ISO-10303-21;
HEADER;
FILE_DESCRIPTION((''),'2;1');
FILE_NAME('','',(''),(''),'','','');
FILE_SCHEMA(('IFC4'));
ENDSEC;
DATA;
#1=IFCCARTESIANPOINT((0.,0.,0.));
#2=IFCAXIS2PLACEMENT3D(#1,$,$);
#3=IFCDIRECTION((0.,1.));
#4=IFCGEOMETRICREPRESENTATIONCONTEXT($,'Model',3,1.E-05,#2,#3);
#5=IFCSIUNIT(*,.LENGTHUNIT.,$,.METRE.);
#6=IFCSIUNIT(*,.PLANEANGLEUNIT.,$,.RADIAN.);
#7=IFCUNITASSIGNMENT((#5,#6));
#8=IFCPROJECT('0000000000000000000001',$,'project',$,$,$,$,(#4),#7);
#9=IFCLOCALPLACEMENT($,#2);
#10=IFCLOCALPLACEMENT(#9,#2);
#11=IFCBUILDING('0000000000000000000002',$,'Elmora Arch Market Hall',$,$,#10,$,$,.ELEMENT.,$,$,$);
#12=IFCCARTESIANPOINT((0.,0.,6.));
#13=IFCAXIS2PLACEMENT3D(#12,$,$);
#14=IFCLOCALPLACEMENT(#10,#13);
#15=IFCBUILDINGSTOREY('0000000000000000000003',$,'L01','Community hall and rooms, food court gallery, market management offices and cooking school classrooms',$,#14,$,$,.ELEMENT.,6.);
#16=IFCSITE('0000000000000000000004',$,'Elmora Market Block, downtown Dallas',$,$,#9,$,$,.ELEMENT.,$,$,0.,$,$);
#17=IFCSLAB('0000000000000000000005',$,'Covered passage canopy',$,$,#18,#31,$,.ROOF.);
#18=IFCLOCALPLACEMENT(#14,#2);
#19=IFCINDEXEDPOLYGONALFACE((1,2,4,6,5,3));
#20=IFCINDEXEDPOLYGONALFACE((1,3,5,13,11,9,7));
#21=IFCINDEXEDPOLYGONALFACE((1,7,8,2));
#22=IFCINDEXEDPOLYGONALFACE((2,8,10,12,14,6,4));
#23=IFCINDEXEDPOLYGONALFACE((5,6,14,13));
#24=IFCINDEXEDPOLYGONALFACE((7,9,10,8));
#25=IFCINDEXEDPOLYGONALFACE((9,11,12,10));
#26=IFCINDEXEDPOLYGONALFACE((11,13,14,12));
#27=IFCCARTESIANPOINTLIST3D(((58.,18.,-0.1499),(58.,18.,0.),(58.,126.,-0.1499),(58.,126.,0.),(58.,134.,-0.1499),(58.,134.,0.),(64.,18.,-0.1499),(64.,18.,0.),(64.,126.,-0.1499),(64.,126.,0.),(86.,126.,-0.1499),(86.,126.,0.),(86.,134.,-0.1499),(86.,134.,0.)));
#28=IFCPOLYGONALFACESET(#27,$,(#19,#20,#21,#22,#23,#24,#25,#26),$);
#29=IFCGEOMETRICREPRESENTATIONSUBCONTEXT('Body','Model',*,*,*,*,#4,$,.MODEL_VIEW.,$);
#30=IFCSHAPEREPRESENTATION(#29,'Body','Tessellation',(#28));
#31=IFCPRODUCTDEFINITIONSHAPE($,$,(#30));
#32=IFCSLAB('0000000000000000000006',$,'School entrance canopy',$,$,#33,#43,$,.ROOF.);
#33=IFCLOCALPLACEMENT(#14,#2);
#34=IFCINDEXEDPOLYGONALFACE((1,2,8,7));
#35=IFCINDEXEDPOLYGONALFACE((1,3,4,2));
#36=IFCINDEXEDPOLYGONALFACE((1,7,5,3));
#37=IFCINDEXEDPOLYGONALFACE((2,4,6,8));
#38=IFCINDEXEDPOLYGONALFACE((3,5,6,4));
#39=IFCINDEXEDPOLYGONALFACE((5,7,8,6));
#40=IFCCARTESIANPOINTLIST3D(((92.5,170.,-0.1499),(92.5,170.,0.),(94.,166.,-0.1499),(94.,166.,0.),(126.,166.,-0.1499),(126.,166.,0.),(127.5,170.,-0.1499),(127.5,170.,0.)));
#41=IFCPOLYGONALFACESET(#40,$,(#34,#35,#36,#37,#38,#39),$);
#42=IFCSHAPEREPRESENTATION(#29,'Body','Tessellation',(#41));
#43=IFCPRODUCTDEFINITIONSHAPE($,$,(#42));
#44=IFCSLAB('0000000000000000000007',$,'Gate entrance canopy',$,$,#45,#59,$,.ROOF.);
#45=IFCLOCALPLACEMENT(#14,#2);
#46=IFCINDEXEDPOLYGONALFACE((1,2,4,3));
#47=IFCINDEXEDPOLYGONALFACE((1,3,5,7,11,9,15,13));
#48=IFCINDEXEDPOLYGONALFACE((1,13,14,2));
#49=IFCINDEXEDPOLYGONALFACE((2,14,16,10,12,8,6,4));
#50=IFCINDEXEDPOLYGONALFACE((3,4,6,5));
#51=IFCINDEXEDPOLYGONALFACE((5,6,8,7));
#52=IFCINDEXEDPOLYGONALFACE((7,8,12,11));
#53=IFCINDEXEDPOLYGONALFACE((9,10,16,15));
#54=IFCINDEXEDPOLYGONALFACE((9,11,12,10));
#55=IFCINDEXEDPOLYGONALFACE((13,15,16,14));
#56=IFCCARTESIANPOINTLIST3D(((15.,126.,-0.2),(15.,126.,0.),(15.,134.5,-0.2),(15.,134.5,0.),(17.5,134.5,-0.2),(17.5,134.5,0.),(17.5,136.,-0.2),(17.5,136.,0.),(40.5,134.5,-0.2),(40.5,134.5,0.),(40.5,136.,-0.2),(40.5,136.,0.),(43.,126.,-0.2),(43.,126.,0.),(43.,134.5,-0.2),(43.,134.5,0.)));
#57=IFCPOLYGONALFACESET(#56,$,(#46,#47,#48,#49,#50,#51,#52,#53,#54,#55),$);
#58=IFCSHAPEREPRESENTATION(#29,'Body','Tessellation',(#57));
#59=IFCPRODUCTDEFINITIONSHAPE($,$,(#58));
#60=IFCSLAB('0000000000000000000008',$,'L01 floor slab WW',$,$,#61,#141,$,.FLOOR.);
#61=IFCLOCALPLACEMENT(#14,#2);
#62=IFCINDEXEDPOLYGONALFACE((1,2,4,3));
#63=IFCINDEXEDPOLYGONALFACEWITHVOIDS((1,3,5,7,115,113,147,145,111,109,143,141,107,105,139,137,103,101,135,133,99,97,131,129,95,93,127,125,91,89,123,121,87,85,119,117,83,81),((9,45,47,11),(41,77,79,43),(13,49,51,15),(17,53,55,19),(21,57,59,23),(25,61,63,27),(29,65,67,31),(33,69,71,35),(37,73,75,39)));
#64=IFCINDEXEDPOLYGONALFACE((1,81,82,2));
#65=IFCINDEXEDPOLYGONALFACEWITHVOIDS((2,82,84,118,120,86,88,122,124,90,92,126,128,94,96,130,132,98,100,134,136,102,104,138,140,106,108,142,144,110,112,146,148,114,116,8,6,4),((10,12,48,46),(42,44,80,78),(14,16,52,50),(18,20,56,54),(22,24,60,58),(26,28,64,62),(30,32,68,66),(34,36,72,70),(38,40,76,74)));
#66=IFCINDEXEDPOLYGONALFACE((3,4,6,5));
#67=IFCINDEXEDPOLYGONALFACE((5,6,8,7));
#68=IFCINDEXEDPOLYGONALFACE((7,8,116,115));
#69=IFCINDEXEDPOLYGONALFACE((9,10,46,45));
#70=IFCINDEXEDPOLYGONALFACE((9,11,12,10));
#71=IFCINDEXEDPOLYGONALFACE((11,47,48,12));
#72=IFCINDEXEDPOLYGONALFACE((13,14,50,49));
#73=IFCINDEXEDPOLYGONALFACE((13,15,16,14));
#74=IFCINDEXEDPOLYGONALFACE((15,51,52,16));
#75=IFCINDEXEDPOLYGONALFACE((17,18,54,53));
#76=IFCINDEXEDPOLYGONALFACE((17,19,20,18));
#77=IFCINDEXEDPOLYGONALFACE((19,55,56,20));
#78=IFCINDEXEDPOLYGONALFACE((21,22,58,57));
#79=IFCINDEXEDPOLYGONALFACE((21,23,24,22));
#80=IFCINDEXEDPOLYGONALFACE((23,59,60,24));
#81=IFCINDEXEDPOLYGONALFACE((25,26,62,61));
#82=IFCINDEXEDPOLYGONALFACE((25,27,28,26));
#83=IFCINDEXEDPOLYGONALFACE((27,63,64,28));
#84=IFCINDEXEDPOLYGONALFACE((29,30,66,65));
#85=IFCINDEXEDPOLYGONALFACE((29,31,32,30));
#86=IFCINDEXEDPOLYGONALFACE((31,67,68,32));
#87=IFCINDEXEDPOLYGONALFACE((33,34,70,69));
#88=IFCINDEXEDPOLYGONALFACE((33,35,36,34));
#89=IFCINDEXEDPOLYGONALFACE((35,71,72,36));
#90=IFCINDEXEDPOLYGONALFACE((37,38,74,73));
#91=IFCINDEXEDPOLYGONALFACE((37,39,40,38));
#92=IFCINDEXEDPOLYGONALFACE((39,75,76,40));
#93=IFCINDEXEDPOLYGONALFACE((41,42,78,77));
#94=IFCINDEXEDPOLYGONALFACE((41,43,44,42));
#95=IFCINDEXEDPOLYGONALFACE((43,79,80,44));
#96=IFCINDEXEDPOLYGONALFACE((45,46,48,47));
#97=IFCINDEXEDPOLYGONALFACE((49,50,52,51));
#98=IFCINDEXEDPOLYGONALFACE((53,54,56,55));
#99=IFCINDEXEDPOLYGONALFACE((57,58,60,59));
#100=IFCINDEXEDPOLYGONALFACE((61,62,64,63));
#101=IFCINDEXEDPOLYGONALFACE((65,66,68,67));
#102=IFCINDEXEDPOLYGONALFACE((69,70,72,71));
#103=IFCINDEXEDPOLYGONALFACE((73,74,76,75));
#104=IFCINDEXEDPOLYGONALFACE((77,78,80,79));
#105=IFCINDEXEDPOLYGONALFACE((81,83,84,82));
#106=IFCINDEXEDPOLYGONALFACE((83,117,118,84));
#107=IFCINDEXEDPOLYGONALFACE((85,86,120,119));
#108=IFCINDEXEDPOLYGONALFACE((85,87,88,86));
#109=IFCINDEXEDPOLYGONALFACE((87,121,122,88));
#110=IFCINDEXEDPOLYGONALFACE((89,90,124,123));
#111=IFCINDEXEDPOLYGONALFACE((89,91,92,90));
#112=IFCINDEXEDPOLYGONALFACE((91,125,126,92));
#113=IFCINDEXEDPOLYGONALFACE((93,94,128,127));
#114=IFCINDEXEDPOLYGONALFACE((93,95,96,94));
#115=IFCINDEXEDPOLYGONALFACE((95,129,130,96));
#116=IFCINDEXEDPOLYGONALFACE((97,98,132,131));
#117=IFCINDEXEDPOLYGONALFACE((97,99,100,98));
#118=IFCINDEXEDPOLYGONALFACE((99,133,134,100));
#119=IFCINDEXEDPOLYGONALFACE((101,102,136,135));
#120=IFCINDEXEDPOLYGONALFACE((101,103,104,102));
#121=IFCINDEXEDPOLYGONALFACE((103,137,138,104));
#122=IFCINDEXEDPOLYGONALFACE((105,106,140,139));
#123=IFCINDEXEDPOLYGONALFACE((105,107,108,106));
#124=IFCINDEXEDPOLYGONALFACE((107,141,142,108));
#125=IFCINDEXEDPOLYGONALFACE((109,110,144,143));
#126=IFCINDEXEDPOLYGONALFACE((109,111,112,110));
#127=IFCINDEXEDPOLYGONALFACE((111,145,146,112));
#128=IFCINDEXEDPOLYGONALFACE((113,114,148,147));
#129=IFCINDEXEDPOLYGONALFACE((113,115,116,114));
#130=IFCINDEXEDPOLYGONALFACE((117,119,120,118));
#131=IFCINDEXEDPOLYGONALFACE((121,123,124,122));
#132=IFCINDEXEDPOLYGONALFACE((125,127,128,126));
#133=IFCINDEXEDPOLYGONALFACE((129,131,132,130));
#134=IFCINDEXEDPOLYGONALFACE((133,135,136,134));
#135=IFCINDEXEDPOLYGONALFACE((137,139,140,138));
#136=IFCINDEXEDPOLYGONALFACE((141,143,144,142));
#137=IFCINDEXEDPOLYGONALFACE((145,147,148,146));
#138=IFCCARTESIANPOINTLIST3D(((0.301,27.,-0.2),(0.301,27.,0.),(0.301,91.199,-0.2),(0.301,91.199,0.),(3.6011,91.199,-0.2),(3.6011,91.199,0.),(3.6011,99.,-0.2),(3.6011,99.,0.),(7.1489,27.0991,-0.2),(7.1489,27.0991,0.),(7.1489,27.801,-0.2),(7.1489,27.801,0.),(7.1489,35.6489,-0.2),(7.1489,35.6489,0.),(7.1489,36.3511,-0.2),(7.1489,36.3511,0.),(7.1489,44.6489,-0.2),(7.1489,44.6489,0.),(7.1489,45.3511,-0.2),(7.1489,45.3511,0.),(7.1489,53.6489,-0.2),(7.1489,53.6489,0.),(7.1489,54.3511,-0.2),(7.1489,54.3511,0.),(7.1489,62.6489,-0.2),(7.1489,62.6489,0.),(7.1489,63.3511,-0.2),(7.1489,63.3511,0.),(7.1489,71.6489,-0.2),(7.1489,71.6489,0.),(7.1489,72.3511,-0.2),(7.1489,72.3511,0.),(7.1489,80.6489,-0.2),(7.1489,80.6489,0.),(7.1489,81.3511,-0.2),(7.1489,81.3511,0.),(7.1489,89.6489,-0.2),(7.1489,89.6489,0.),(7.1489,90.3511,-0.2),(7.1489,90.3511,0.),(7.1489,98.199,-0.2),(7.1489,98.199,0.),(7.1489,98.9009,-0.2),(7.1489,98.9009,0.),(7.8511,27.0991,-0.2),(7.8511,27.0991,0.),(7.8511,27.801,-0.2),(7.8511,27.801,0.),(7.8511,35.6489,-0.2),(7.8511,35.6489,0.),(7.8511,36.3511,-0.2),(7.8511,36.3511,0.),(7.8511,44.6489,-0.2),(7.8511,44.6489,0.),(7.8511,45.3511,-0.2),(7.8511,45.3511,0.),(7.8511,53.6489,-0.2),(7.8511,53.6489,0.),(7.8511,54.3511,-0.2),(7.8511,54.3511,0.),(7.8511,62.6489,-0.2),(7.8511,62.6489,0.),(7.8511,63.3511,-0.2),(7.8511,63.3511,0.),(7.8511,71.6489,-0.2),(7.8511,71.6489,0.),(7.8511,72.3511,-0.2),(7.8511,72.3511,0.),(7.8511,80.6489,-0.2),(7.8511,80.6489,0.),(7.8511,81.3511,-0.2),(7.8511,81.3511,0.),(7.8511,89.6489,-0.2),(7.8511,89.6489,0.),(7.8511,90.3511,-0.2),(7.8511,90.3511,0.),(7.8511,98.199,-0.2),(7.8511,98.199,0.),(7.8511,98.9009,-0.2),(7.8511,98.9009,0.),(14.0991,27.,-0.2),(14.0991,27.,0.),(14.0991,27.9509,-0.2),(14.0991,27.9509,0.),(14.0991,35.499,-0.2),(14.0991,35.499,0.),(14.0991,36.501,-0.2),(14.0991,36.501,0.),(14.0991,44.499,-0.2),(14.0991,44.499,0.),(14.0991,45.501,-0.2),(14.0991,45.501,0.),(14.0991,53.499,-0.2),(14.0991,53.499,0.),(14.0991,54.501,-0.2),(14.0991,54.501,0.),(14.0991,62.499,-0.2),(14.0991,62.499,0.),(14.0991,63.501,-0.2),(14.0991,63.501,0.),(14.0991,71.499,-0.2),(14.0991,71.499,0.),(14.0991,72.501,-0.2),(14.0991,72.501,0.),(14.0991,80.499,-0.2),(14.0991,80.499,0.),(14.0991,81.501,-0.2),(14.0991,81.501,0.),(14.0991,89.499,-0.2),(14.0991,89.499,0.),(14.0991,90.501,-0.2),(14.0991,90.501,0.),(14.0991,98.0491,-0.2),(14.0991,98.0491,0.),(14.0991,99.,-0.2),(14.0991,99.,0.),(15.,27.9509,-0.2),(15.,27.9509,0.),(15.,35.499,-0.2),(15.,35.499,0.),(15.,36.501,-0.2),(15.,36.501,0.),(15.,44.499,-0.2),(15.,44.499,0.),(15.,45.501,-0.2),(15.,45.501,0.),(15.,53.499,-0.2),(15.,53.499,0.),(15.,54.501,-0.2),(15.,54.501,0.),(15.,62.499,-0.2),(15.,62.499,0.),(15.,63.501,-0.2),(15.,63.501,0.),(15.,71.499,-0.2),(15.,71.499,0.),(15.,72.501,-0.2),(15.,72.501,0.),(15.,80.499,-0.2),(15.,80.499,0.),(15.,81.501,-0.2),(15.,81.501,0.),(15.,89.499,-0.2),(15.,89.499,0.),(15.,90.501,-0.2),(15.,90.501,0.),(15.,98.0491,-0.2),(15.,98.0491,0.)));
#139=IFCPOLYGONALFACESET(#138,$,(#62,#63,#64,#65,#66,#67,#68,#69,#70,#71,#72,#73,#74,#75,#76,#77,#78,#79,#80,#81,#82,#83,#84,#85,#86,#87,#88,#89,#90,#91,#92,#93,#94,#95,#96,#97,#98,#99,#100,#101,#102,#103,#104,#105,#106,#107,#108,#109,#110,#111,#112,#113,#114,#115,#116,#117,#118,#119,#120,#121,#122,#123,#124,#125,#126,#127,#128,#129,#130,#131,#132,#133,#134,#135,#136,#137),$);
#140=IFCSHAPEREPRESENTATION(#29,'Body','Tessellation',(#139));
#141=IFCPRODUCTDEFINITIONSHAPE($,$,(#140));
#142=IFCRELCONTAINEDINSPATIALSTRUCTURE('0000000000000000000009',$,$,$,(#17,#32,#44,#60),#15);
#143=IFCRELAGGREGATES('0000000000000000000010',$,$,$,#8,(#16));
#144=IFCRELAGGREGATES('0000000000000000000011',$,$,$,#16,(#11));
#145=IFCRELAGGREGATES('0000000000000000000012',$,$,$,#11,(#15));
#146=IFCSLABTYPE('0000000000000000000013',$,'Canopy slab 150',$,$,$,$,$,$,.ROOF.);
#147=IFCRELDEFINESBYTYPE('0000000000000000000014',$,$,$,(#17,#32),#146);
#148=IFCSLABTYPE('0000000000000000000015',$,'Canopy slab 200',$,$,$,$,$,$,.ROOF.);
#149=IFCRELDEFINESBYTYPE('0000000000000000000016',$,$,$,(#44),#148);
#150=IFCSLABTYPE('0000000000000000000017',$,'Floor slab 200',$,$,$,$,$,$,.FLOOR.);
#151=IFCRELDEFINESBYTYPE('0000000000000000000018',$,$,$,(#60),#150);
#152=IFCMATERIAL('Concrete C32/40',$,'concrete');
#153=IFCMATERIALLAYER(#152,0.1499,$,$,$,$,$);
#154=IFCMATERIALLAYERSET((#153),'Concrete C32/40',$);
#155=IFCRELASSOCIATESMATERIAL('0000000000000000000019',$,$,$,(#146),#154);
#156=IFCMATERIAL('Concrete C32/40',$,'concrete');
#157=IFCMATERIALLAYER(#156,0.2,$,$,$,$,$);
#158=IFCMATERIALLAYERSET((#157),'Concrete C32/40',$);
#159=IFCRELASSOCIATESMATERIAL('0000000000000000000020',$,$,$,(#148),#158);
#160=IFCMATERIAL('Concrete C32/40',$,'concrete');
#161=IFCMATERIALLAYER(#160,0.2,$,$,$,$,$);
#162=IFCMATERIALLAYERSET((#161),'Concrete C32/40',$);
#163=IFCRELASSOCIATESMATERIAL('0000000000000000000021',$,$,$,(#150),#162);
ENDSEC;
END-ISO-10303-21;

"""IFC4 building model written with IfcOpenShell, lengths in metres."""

from ifc_helpers import new_model, si_unit, direction, frame, origin, place, context, subcontext, project, spatial, polyline, outline, extrude, material, layer, layer_set, type_object, element, save


model = new_model("IFC4")

# Units and contexts
model_context = context("Model", 3, precision=1e-05, world=origin(), true_north=direction((0.0, 1.0)))
body_context = subcontext(model_context, "Body", "Model", "MODEL_VIEW")
ifc_project = project(units=[si_unit("LENGTHUNIT", "METRE"), si_unit("PLANEANGLEUNIT", "RADIAN")], contexts=[model_context])

# Site, building, storey
site_placement = place(None, origin())
site = spatial("IfcSite", under=ifc_project, at=site_placement, Name="Elmora Market Block, downtown Dallas", CompositionType="ELEMENT", RefElevation=0.0)
building_placement = place(site_placement, origin())
building = spatial("IfcBuilding", under=site, at=building_placement, Name="Elmora Arch Market Hall", CompositionType="ELEMENT")
storey_placement = place(building_placement, frame((0.0, 0.0, 6.0)))
storey = spatial("IfcBuildingStorey", under=building, at=storey_placement, Name="L01", Description="Community hall and rooms, food court gallery, market management offices and cooking school classrooms", CompositionType="ELEMENT", Elevation=6.0)

# Slabs
ifc_material_1 = material(Name="Concrete C32/40", Category="concrete")
ifc_layer_1 = layer(ifc_material_1, 0.1499)
ifc_layer_set_1 = layer_set([ifc_layer_1], Name="Concrete C32/40")
slab_type_1 = type_object("IfcSlabType", Name="Canopy slab 150", PredefinedType="ROOF", material=ifc_layer_set_1)
slab_1_placement = place(storey_placement, frame((0.0, 0.0, -0.1499)))
element("IfcSlab", 1, at=slab_1_placement, inside=storey, type_object=slab_type_1, Name="Covered passage canopy", PredefinedType="ROOF", context=body_context, shape_type="SweptSolid", body=[
    extrude(outline(polyline([(58.0, 18.0), (58.0, 126.0), (58.0, 134.0), (86.0, 134.0), (86.0, 126.0), (64.0, 126.0), (64.0, 18.0), (58.0, 18.0)])), origin(), (0.0, 0.0, 1.0), 0.1499),
])
slab_2_placement = place(storey_placement, frame((0.0, 0.0, -0.1499)))
element("IfcSlab", 2, at=slab_2_placement, inside=storey, type_object=slab_type_1, Name="School entrance canopy", PredefinedType="ROOF", context=body_context, shape_type="SweptSolid", body=[
    extrude(outline(polyline([(92.5, 170.0), (127.5, 170.0), (126.0, 166.0), (94.0, 166.0), (92.5, 170.0)])), origin(), (0.0, 0.0, 1.0), 0.1499),
])
ifc_material_2 = material(Name="Concrete C32/40", Category="concrete")
ifc_layer_2 = layer(ifc_material_2, 0.2)
ifc_layer_set_2 = layer_set([ifc_layer_2], Name="Concrete C32/40")
slab_type_2 = type_object("IfcSlabType", Name="Canopy slab 200", PredefinedType="ROOF", material=ifc_layer_set_2)
slab_3_placement = place(storey_placement, frame((0.0, 0.0, -0.2)))
element("IfcSlab", 3, at=slab_3_placement, inside=storey, type_object=slab_type_2, Name="Gate entrance canopy", PredefinedType="ROOF", context=body_context, shape_type="SweptSolid", body=[
    extrude(outline(polyline([(15.0, 134.5), (17.5, 134.5), (17.5, 136.0), (40.5, 136.0), (40.5, 134.5), (43.0, 134.5), (43.0, 126.0), (15.0, 126.0), (15.0, 134.5)])), origin(), (0.0, 0.0, 1.0), 0.2),
])
ifc_material_3 = material(Name="Concrete C32/40", Category="concrete")
ifc_layer_3 = layer(ifc_material_3, 0.2)
ifc_layer_set_3 = layer_set([ifc_layer_3], Name="Concrete C32/40")
slab_type_3 = type_object("IfcSlabType", Name="Floor slab 200", PredefinedType="FLOOR", material=ifc_layer_set_3)
slab_4_placement = place(storey_placement, frame((0.0, 0.0, -0.2)))
element("IfcSlab", 4, at=slab_4_placement, inside=storey, type_object=slab_type_3, Name="L01 floor slab WW", PredefinedType="FLOOR", context=body_context, shape_type="SweptSolid", body=[
    extrude(outline(polyline([(15.0, 27.9509), (14.0991, 27.9509), (14.0991, 27.0), (0.301, 27.0), (0.301, 91.199), (3.6011, 91.199), (3.6011, 99.0), (14.0991, 99.0), (14.0991, 98.0491), (15.0, 98.0491), (15.0, 90.501), (14.0991, 90.501), (14.0991, 89.499), (15.0, 89.499), (15.0, 81.501), (14.0991, 81.501), (14.0991, 80.499), (15.0, 80.499), (15.0, 72.501), (14.0991, 72.501), (14.0991, 71.499), (15.0, 71.499), (15.0, 63.501), (14.0991, 63.501), (14.0991, 62.499), (15.0, 62.499), (15.0, 54.501), (14.0991, 54.501), (14.0991, 53.499), (15.0, 53.499), (15.0, 45.501), (14.0991, 45.501), (14.0991, 44.499), (15.0, 44.499), (15.0, 36.501), (14.0991, 36.501), (14.0991, 35.499), (15.0, 35.499), (15.0, 27.9509)]), holes=[polyline([(7.1489, 98.9009), (7.1489, 98.199), (7.8511, 98.199), (7.8511, 98.9009), (7.1489, 98.9009)]), polyline([(7.1489, 90.3511), (7.1489, 89.6489), (7.8511, 89.6489), (7.8511, 90.3511), (7.1489, 90.3511)]), polyline([(7.1489, 81.3511), (7.1489, 80.6489), (7.8511, 80.6489), (7.8511, 81.3511), (7.1489, 81.3511)]), polyline([(7.8511, 72.3511), (7.1489, 72.3511), (7.1489, 71.6489), (7.8511, 71.6489), (7.8511, 72.3511)]), polyline([(7.1489, 63.3511), (7.1489, 62.6489), (7.8511, 62.6489), (7.8511, 63.3511), (7.1489, 63.3511)]), polyline([(7.1489, 54.3511), (7.1489, 53.6489), (7.8511, 53.6489), (7.8511, 54.3511), (7.1489, 54.3511)]), polyline([(7.1489, 45.3511), (7.1489, 44.6489), (7.8511, 44.6489), (7.8511, 45.3511), (7.1489, 45.3511)]), polyline([(7.1489, 36.3511), (7.1489, 35.6489), (7.8511, 35.6489), (7.8511, 36.3511), (7.1489, 36.3511)]), polyline([(7.1489, 27.801), (7.1489, 27.0991), (7.8511, 27.0991), (7.8511, 27.801), (7.1489, 27.801)])]), origin(), (0.0, 0.0, 1.0), 0.2),
])

save(model, "model.ifc")
